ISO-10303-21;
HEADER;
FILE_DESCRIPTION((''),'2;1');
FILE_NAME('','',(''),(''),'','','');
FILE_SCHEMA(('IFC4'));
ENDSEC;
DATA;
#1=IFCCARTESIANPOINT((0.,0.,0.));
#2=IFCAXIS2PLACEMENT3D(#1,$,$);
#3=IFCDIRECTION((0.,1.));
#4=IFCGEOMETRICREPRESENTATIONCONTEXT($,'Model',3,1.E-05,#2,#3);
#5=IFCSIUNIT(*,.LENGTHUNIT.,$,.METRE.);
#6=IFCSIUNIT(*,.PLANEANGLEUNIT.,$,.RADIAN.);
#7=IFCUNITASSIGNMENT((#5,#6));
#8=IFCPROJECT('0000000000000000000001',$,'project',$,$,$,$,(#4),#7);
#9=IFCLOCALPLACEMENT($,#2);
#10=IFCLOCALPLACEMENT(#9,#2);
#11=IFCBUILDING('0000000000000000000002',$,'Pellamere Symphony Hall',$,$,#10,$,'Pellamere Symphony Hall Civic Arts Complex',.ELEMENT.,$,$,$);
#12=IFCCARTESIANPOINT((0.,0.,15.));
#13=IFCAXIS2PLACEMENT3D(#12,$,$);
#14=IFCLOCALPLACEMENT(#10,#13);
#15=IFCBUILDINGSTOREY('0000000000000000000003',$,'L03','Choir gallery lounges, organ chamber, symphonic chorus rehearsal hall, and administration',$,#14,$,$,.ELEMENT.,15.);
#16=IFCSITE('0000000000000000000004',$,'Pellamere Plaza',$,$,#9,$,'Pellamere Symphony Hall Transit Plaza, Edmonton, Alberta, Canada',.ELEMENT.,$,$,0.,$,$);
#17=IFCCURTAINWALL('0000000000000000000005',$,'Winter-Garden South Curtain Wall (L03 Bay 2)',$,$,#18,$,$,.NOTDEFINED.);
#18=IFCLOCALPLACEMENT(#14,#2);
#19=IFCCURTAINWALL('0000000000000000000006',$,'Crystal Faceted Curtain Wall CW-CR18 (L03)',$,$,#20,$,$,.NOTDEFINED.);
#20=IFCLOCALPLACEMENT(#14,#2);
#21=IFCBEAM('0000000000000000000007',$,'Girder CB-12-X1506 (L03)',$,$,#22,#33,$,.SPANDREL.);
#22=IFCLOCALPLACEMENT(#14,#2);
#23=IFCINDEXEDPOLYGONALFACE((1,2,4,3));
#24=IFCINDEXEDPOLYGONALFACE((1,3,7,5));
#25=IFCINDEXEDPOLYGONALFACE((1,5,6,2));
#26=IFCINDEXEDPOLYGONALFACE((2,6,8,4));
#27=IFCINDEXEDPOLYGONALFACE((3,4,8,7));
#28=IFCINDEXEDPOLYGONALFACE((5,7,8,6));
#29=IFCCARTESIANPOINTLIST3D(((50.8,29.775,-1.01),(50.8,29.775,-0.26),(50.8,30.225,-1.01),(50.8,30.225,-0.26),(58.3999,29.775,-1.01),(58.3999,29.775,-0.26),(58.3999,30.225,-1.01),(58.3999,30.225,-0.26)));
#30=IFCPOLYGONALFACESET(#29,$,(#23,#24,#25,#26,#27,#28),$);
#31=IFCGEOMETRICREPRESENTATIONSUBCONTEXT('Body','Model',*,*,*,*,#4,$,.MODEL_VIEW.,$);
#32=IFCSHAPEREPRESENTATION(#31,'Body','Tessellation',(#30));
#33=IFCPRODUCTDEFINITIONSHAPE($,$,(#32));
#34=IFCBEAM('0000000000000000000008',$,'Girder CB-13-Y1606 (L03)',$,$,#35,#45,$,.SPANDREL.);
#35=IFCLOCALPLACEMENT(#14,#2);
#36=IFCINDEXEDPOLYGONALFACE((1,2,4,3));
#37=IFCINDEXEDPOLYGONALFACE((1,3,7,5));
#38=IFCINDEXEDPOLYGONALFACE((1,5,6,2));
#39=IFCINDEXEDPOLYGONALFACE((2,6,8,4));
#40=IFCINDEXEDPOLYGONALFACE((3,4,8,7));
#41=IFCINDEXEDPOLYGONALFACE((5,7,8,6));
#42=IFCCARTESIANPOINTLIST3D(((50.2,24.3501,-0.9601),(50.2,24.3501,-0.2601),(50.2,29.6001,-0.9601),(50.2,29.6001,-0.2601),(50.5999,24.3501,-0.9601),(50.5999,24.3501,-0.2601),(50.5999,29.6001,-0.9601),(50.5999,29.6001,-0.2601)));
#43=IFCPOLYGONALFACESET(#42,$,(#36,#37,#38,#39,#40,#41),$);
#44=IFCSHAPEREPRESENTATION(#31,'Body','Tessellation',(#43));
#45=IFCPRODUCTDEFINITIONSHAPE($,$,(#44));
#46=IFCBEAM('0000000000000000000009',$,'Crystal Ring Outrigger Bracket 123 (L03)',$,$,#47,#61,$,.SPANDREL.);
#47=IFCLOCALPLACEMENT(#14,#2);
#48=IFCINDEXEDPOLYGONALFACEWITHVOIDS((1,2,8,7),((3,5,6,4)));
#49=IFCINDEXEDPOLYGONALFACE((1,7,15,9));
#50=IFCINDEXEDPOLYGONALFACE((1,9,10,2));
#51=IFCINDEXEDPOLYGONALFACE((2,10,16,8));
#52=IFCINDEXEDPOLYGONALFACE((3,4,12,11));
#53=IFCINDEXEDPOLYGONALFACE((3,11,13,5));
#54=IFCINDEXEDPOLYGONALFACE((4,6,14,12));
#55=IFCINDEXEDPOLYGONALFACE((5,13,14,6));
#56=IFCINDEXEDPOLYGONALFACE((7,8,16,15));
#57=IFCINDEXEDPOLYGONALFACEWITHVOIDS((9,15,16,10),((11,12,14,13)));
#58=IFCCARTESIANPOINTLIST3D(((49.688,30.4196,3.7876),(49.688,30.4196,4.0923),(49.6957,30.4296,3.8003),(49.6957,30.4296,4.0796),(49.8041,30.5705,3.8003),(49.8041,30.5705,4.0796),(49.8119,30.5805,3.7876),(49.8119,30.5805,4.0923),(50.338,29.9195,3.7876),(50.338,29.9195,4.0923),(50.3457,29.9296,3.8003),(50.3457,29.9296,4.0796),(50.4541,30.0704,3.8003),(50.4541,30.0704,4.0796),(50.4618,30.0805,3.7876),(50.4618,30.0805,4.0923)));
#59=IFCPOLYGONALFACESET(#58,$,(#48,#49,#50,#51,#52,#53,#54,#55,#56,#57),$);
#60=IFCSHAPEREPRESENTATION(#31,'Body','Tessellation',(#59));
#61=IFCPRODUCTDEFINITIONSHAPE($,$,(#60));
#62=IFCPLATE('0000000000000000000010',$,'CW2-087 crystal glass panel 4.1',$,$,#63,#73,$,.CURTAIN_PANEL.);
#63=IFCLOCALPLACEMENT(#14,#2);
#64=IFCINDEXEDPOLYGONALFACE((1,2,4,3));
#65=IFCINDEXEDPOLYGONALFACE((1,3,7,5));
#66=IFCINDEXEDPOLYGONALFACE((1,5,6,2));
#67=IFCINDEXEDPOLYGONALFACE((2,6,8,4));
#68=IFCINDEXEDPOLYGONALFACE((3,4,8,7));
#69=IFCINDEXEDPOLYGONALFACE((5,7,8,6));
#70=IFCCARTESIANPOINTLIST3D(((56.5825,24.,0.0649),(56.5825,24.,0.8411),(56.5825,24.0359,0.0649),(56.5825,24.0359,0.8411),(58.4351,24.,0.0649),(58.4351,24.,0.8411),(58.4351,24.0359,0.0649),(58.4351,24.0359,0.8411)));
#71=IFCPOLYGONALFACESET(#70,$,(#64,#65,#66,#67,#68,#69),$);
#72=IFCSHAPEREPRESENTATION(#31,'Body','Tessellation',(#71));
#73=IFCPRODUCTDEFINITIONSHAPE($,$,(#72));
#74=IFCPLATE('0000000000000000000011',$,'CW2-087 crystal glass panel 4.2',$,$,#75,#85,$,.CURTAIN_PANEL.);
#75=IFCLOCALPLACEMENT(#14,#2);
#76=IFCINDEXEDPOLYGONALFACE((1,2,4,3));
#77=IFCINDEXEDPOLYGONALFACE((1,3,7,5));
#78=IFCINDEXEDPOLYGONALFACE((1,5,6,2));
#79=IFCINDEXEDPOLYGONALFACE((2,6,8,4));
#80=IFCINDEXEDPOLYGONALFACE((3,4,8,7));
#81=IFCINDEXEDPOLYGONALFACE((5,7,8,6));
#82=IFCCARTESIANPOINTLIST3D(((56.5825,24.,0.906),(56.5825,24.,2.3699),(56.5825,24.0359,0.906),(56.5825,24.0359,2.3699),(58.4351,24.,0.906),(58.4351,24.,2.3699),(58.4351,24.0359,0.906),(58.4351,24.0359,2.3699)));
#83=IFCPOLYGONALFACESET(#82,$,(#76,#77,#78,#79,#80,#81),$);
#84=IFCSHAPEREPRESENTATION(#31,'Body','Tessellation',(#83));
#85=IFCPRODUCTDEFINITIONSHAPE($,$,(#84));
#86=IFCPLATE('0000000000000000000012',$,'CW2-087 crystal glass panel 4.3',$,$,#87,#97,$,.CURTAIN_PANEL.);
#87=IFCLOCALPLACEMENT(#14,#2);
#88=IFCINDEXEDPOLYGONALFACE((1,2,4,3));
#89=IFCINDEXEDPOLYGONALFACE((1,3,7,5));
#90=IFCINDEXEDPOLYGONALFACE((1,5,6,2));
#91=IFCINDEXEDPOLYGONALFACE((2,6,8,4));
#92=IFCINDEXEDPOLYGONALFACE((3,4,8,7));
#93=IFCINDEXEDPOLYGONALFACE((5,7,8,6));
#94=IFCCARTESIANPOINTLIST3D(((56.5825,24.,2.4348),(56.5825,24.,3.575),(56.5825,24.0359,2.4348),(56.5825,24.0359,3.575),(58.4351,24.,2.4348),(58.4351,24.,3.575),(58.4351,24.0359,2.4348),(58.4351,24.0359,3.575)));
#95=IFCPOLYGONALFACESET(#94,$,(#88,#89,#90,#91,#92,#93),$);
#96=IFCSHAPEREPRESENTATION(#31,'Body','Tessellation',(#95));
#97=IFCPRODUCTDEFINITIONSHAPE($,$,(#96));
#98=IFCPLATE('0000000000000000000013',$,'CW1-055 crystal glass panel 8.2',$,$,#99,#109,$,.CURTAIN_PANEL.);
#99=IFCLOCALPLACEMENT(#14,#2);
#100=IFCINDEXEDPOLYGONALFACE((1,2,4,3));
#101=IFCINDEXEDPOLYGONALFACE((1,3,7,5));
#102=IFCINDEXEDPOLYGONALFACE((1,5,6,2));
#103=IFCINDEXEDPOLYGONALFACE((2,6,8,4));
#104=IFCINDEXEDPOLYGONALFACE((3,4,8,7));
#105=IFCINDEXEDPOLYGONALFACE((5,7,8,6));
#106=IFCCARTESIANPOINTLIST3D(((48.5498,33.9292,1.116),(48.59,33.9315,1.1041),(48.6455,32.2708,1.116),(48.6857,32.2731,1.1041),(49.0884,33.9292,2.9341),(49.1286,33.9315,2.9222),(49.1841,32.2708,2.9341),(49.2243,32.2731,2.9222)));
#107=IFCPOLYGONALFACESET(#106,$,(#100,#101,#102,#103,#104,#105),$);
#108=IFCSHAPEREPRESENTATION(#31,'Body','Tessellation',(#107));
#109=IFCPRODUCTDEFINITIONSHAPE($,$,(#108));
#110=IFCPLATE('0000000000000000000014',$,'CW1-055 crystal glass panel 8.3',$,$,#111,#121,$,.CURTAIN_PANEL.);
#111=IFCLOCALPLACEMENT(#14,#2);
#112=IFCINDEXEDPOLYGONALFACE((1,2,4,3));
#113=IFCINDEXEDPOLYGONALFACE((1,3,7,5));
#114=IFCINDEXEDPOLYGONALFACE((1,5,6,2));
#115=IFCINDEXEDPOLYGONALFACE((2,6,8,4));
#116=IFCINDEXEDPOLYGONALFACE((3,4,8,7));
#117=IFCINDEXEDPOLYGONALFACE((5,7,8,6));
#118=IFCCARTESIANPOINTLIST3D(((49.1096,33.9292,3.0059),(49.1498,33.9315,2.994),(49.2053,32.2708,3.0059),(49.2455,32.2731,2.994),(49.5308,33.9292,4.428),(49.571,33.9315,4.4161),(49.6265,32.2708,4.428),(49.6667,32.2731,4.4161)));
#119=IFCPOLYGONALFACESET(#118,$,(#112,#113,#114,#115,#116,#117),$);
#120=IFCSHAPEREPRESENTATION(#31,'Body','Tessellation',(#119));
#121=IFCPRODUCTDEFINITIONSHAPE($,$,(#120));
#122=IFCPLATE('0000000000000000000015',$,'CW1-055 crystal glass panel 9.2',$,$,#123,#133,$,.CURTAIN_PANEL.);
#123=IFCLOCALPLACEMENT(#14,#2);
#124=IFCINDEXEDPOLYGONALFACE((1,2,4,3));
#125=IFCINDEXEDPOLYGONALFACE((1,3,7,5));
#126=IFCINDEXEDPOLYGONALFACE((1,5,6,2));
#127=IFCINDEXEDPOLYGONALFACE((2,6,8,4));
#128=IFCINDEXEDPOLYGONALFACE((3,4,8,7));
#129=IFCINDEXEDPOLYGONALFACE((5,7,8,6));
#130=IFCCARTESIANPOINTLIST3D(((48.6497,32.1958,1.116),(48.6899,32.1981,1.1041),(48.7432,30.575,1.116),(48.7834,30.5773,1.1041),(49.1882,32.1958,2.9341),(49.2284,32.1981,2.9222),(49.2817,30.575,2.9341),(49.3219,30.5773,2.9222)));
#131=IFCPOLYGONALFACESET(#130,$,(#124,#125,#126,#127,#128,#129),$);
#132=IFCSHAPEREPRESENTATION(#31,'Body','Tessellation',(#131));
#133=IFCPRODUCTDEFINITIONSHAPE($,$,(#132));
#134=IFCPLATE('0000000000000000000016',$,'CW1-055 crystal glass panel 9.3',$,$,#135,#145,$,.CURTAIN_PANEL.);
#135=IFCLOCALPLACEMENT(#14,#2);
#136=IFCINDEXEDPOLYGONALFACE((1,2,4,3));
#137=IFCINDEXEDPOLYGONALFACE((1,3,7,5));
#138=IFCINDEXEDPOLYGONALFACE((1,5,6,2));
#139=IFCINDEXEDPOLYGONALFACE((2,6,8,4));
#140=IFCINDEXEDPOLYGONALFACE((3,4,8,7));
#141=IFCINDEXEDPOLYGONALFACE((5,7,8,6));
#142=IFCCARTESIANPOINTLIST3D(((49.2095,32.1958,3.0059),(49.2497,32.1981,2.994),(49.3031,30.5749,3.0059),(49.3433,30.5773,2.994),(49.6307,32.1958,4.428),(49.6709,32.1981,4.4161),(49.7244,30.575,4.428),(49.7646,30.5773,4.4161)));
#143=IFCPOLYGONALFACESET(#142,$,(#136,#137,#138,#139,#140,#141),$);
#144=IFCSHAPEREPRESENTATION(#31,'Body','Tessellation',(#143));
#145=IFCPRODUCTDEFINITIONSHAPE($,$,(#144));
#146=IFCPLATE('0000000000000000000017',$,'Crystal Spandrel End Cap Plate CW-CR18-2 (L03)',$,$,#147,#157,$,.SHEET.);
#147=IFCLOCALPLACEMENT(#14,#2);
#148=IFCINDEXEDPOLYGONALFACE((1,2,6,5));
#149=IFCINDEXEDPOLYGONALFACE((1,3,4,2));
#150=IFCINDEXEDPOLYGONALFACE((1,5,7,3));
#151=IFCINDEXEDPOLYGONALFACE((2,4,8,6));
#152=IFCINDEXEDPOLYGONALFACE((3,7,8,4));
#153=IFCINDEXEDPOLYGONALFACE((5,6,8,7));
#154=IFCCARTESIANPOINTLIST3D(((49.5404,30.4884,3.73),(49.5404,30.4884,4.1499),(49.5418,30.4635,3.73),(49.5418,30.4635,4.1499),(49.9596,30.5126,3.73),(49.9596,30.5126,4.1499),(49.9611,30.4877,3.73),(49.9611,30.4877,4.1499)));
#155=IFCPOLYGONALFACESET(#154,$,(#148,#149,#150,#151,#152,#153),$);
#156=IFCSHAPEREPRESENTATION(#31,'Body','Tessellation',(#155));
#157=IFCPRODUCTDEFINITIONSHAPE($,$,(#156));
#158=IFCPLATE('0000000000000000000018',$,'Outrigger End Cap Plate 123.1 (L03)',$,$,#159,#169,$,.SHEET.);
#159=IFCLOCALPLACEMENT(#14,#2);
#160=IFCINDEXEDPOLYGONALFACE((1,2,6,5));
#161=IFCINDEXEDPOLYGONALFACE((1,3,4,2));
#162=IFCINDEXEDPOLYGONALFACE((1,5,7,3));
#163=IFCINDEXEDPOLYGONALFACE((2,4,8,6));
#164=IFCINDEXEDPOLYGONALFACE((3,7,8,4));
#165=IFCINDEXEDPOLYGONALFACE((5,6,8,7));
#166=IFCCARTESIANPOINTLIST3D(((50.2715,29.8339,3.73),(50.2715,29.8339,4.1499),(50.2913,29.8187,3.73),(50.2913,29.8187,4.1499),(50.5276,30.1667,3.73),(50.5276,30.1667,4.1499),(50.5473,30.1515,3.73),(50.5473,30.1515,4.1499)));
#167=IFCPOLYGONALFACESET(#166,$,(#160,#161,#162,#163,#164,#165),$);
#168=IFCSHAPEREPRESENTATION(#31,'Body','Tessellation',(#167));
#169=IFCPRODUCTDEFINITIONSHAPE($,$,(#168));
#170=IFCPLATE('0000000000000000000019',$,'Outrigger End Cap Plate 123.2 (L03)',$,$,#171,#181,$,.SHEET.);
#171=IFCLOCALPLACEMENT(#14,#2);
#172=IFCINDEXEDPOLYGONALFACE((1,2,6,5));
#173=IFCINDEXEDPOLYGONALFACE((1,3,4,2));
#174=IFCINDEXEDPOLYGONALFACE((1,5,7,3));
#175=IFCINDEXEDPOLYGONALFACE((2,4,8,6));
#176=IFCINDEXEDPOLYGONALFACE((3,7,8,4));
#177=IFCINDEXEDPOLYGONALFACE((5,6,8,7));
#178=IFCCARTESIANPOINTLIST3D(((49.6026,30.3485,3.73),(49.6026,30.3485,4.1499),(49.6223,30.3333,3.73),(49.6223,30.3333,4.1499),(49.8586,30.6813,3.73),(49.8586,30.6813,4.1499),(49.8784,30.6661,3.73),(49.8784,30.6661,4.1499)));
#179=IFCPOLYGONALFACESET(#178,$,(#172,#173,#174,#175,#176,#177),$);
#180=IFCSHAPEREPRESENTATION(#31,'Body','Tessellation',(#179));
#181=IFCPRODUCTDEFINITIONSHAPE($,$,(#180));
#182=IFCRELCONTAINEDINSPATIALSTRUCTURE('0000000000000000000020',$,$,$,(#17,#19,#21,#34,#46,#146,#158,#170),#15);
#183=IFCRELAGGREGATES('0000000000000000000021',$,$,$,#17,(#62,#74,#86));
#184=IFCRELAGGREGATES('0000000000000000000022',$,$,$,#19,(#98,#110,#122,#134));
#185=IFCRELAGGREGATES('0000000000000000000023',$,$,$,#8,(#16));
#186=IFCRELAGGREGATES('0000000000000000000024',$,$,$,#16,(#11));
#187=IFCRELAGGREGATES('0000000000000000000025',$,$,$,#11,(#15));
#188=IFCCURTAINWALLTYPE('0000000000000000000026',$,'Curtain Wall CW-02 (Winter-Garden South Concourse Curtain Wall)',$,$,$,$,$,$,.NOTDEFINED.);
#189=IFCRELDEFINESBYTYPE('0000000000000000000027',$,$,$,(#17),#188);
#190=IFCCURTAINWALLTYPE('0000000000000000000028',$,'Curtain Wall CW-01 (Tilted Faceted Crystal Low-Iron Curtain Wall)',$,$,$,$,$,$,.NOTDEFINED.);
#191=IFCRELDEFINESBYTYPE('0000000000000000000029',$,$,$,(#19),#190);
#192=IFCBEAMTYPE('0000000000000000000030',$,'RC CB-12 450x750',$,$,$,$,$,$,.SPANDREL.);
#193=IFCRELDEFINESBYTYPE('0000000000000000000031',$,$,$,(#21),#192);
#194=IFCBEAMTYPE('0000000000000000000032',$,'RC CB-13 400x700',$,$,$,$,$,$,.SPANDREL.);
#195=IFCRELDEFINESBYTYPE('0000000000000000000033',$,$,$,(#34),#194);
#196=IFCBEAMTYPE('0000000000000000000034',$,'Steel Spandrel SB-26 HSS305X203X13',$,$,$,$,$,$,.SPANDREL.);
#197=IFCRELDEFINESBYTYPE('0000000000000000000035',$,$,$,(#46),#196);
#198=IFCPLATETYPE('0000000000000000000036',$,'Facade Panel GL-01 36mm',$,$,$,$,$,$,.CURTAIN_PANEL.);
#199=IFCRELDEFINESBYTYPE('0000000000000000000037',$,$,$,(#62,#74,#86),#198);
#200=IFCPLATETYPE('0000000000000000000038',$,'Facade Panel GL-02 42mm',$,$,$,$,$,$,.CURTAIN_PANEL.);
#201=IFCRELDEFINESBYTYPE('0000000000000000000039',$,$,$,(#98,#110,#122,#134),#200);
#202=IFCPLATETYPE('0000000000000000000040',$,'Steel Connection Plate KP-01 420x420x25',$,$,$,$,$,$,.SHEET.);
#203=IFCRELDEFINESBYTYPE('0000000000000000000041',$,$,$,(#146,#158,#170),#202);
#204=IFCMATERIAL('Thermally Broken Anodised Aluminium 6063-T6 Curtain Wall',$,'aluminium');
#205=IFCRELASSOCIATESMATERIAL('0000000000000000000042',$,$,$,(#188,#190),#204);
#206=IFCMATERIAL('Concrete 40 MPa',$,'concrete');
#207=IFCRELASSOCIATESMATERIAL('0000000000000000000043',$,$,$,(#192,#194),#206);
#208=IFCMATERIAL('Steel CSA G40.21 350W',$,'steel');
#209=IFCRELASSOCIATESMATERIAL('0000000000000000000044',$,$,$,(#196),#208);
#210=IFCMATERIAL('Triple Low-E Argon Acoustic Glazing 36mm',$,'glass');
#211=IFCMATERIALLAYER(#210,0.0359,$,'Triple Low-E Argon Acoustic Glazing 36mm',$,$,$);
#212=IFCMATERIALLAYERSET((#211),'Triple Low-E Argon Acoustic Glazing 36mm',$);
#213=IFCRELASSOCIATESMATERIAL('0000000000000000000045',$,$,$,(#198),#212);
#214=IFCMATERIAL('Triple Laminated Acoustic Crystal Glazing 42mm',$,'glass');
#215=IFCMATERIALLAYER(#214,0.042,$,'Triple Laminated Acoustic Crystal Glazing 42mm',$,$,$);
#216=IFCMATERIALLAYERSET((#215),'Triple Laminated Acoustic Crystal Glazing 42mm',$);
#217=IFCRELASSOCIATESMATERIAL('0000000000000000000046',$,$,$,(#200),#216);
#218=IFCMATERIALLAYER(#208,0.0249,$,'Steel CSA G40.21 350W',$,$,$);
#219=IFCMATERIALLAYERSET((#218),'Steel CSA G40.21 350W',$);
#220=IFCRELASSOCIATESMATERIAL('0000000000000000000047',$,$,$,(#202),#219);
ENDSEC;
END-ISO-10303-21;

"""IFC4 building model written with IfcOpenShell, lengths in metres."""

from ifc_helpers import new_model, si_unit, direction, frame, origin, origin_2d, place, context, subcontext, project, spatial, polyline, rectangle, hollow_rectangle, outline, extrude, material, layer, layer_set, material_profile, profile_set, type_object, element, aggregate, save


model = new_model("IFC4")

# Units and contexts
model_context = context("Model", 3, precision=1e-05, world=origin(), true_north=direction((0.0, 1.0)))
body_context = subcontext(model_context, "Body", "Model", "MODEL_VIEW")
ifc_project = project(units=[si_unit("LENGTHUNIT", "METRE"), si_unit("PLANEANGLEUNIT", "RADIAN")], contexts=[model_context])

# Site, building, storey
site_placement = place(None, origin())
site = spatial("IfcSite", under=ifc_project, at=site_placement, Name="Pellamere Plaza", LongName="Pellamere Symphony Hall Transit Plaza, Edmonton, Alberta, Canada", CompositionType="ELEMENT", RefElevation=0.0)
building_placement = place(site_placement, origin())
building = spatial("IfcBuilding", under=site, at=building_placement, Name="Pellamere Symphony Hall", LongName="Pellamere Symphony Hall Civic Arts Complex", CompositionType="ELEMENT")
storey_placement = place(building_placement, frame((0.0, 0.0, 15.0)))
storey = spatial("IfcBuildingStorey", under=building, at=storey_placement, Name="L03", Description="Choir gallery lounges, organ chamber, symphonic chorus rehearsal hall, and administration", CompositionType="ELEMENT", Elevation=15.0)

# Shared definitions
ifc_material_1 = material(Name="Concrete 40 MPa", Category="concrete")

# Curtain wall
ifc_material_2 = material(Name="Thermally Broken Anodised Aluminium 6063-T6 Curtain Wall", Category="aluminium")
curtain_wall_type_1 = type_object("IfcCurtainWallType", Name="Curtain Wall CW-02 (Winter-Garden South Concourse Curtain Wall)", PredefinedType="NOTDEFINED", material=ifc_material_2)
curtain_wall_1_placement = place(storey_placement, origin())
curtain_wall_1 = element("IfcCurtainWall", 1, at=curtain_wall_1_placement, inside=storey, type_object=curtain_wall_type_1, Name="Winter-Garden South Curtain Wall (L03 Bay 2)", PredefinedType="NOTDEFINED")

# Curtain wall
curtain_wall_type_2 = type_object("IfcCurtainWallType", Name="Curtain Wall CW-01 (Tilted Faceted Crystal Low-Iron Curtain Wall)", PredefinedType="NOTDEFINED", material=ifc_material_2)
curtain_wall_2_placement = place(storey_placement, origin())
curtain_wall_2 = element("IfcCurtainWall", 2, at=curtain_wall_2_placement, inside=storey, type_object=curtain_wall_type_2, Name="Crystal Faceted Curtain Wall CW-CR18 (L03)", PredefinedType="NOTDEFINED")

# Beams
ifc_material_profile_1 = material_profile(ifc_material_1, rectangle(XDim=0.45, YDim=0.75, at=origin_2d()), Name="RC 450x750")
ifc_profile_set_1 = profile_set([ifc_material_profile_1], Name="Concrete 40 MPa")
beam_type_1 = type_object("IfcBeamType", Name="RC CB-12 450x750", PredefinedType="SPANDREL", material=ifc_profile_set_1)
beam_1_placement = place(storey_placement, frame((50.8, 30.0, -0.635), z_axis=(1.0, 0.0, 0.0), x_axis=(0.0, 1.0, 0.0)))
element("IfcBeam", 3, at=beam_1_placement, inside=storey, type_object=beam_type_1, Name="Girder CB-12-X1506 (L03)", PredefinedType="SPANDREL", context=body_context, shape_type="SweptSolid", body=[
    extrude(rectangle(XDim=0.45, YDim=0.75, at=origin_2d()), origin(), (0.0, 0.0, 1.0), 7.5999),
])
ifc_material_profile_2 = material_profile(ifc_material_1, rectangle(XDim=0.3999, YDim=0.7, at=origin_2d()), Name="RC 400x700")
ifc_profile_set_2 = profile_set([ifc_material_profile_2], Name="Concrete 40 MPa")
beam_type_2 = type_object("IfcBeamType", Name="RC CB-13 400x700", PredefinedType="SPANDREL", material=ifc_profile_set_2)
beam_2_placement = place(storey_placement, frame((50.3999, 24.3501, -0.6101), z_axis=(0.0, 1.0, 0.0), x_axis=(-1.0, 0.0, 0.0)))
element("IfcBeam", 4, at=beam_2_placement, inside=storey, type_object=beam_type_2, Name="Girder CB-13-Y1606 (L03)", PredefinedType="SPANDREL", context=body_context, shape_type="SweptSolid", body=[
    extrude(rectangle(XDim=0.3999, YDim=0.7, at=origin_2d()), origin(), (0.0, 0.0, 1.0), 5.25),
])
ifc_material_3 = material(Name="Steel CSA G40.21 350W", Category="steel")
ifc_material_profile_3 = material_profile(ifc_material_3, hollow_rectangle(XDim=0.2031, YDim=0.3047, WallThickness=0.0127, at=origin_2d()), Name="HSS305X203X13")
ifc_profile_set_3 = profile_set([ifc_material_profile_3], Name="Steel CSA G40.21 350W")
beam_type_3 = type_object("IfcBeamType", Name="Steel Spandrel SB-26 HSS305X203X13", PredefinedType="SPANDREL", material=ifc_profile_set_3)
beam_3_placement = place(storey_placement, frame((50.3999, 30.0, 3.9399), z_axis=(-0.79258, 0.609768, 0.0), x_axis=(-0.609768, -0.79258, 0.0)))
element("IfcBeam", 5, at=beam_3_placement, inside=storey, type_object=beam_type_3, Name="Crystal Ring Outrigger Bracket 123 (L03)", PredefinedType="SPANDREL", context=body_context, shape_type="SweptSolid", body=[
    extrude(hollow_rectangle(XDim=0.2031, YDim=0.3047, WallThickness=0.0127, at=origin_2d()), origin(), (0.0, 0.0, 1.0), 0.8201),
])

# Plates
ifc_material_4 = material(Name="Triple Low-E Argon Acoustic Glazing 36mm", Category="glass")
ifc_layer_1 = layer(ifc_material_4, 0.0359, Name="Triple Low-E Argon Acoustic Glazing 36mm")
ifc_layer_set_1 = layer_set([ifc_layer_1], Name="Triple Low-E Argon Acoustic Glazing 36mm")
plate_type_1 = type_object("IfcPlateType", Name="Facade Panel GL-01 36mm", PredefinedType="CURTAIN_PANEL", material=ifc_layer_set_1)
plate_1_placement = place(storey_placement, frame((56.5825, 24.0, 0.0649), z_axis=(0.0, -1.0, 0.0), x_axis=(1.0, 0.0, 0.0)))
plate_1 = element("IfcPlate", 6, at=plate_1_placement, type_object=plate_type_1, Name="CW2-087 crystal glass panel 4.1", PredefinedType="CURTAIN_PANEL", context=body_context, shape_type="SweptSolid", body=[
    extrude(outline(polyline([(0.0, 0.0), (1.8525, 0.0), (1.8525, 0.7761), (0.0, 0.7761), (0.0, 0.0)])), origin(), (0.0, 0.0, -1.0), 0.0359),
])
plate_2_placement = place(storey_placement, frame((56.5825, 24.0, 0.906), z_axis=(0.0, -1.0, 0.0), x_axis=(1.0, 0.0, 0.0)))
plate_2 = element("IfcPlate", 7, at=plate_2_placement, type_object=plate_type_1, Name="CW2-087 crystal glass panel 4.2", PredefinedType="CURTAIN_PANEL", context=body_context, shape_type="SweptSolid", body=[
    extrude(outline(polyline([(0.0, 0.0), (1.8525, 0.0), (1.8525, 1.4639), (0.0, 1.4639), (0.0, 0.0)])), origin(), (0.0, 0.0, -1.0), 0.0359),
])
plate_3_placement = place(storey_placement, frame((56.5825, 24.0, 2.4348), z_axis=(0.0, -1.0, 0.0), x_axis=(1.0, 0.0, 0.0)))
plate_3 = element("IfcPlate", 8, at=plate_3_placement, type_object=plate_type_1, Name="CW2-087 crystal glass panel 4.3", PredefinedType="CURTAIN_PANEL", context=body_context, shape_type="SweptSolid", body=[
    extrude(outline(polyline([(0.0, 0.0), (1.8525, 0.0), (1.8525, 1.1401), (0.0, 1.1401), (0.0, 0.0)])), origin(), (0.0, 0.0, -1.0), 0.0359),
])
aggregate(curtain_wall_1, [plate_1, plate_2, plate_3])
ifc_material_5 = material(Name="Triple Laminated Acoustic Crystal Glazing 42mm", Category="glass")
ifc_layer_2 = layer(ifc_material_5, 0.042, Name="Triple Laminated Acoustic Crystal Glazing 42mm")
ifc_layer_set_2 = layer_set([ifc_layer_2], Name="Triple Laminated Acoustic Crystal Glazing 42mm")
plate_type_2 = type_object("IfcPlateType", Name="Facade Panel GL-02 42mm", PredefinedType="CURTAIN_PANEL", material=ifc_layer_set_2)
plate_4_placement = place(storey_placement, frame((48.5498, 33.9292, 1.116), z_axis=(-0.957352, -0.055245, 0.283593), x_axis=(0.057611, -0.998339, 0.0)))
plate_4 = element("IfcPlate", 9, at=plate_4_placement, type_object=plate_type_2, Name="CW1-055 crystal glass panel 8.2", PredefinedType="CURTAIN_PANEL", context=body_context, shape_type="SweptSolid", body=[
    extrude(outline(polyline([(0.0, 0.0), (1.6612, 0.0), (1.6922, 1.896), (0.031, 1.896), (0.0, 0.0)])), origin(), (0.0, 0.0, -1.0), 0.042),
])
plate_5_placement = place(storey_placement, frame((49.1096, 33.9292, 3.0059), z_axis=(-0.957375, -0.055247, 0.283515), x_axis=(0.057611, -0.998339, 0.0)))
plate_5 = element("IfcPlate", 10, at=plate_5_placement, type_object=plate_type_2, Name="CW1-055 crystal glass panel 8.3", PredefinedType="CURTAIN_PANEL", context=body_context, shape_type="SweptSolid", body=[
    extrude(outline(polyline([(0.0, 0.0), (1.6612, 0.0), (1.6855, 1.483), (0.0243, 1.483), (0.0, 0.0)])), origin(), (0.0, 0.0, -1.0), 0.042),
])
plate_6_placement = place(storey_placement, frame((48.6497, 32.1958, 1.116), z_axis=(-0.957353, -0.055229, 0.283593), x_axis=(0.057594, -0.99834, 0.0)))
plate_6 = element("IfcPlate", 11, at=plate_6_placement, type_object=plate_type_2, Name="CW1-055 crystal glass panel 9.2", PredefinedType="CURTAIN_PANEL", context=body_context, shape_type="SweptSolid", body=[
    extrude(outline(polyline([(0.0, 0.0), (1.6235, 0.0), (1.6546, 1.896), (0.031, 1.896), (0.0, 0.0)])), origin(), (0.0, 0.0, -1.0), 0.042),
])
plate_7_placement = place(storey_placement, frame((49.2095, 32.1958, 3.0059), z_axis=(-0.95735, -0.055301, 0.283589), x_axis=(0.057675, -0.998335, 0.00002)))
plate_7 = element("IfcPlate", 12, at=plate_7_placement, type_object=plate_type_2, Name="CW1-055 crystal glass panel 9.3", PredefinedType="CURTAIN_PANEL", context=body_context, shape_type="SweptSolid", body=[
    extrude(outline(polyline([(0.0, 0.0), (1.6236, 0.0), (1.6479, 1.483), (0.0243, 1.483), (0.0, 0.0)])), origin(), (0.0, 0.0, -1.0), 0.042),
])
aggregate(curtain_wall_2, [plate_4, plate_5, plate_6, plate_7])

# Plates
ifc_layer_3 = layer(ifc_material_3, 0.0249, Name="Steel CSA G40.21 350W")
ifc_layer_set_3 = layer_set([ifc_layer_3], Name="Steel CSA G40.21 350W")
plate_type_3 = type_object("IfcPlateType", Name="Steel Connection Plate KP-01 420x420x25", PredefinedType="SHEET", material=ifc_layer_set_3)
for number, where, z_axis, x_axis, name in (
    (13, (49.7507, 30.488, 3.73), (0.0, 0.0, 1.0), (0.057564, -0.998342, 0.0), "Crystal Spandrel End Cap Plate CW-CR18-2 (L03)"),
    (14, (50.4094, 29.9927, 3.73), (0.0, 0.0, 1.0), (-0.792609, 0.60973, 0.0), "Outrigger End Cap Plate 123.1 (L03)"),
    (15, (49.7405, 30.5073, 3.73), (0.0, 0.0, 1.0), (-0.792609, 0.60973, 0.0), "Outrigger End Cap Plate 123.2 (L03)"),
):
    element("IfcPlate", number, at=place(storey_placement, frame(where, z_axis=z_axis, x_axis=x_axis)), inside=storey, type_object=plate_type_3, Name=name, PredefinedType="SHEET", context=body_context, shape_type="SweptSolid", body=[
        extrude(rectangle(XDim=0.0249, YDim=0.4199, at=origin_2d()), origin(), (0.0, 0.0, 1.0), 0.4199),
    ])

save(model, "model.ifc")
